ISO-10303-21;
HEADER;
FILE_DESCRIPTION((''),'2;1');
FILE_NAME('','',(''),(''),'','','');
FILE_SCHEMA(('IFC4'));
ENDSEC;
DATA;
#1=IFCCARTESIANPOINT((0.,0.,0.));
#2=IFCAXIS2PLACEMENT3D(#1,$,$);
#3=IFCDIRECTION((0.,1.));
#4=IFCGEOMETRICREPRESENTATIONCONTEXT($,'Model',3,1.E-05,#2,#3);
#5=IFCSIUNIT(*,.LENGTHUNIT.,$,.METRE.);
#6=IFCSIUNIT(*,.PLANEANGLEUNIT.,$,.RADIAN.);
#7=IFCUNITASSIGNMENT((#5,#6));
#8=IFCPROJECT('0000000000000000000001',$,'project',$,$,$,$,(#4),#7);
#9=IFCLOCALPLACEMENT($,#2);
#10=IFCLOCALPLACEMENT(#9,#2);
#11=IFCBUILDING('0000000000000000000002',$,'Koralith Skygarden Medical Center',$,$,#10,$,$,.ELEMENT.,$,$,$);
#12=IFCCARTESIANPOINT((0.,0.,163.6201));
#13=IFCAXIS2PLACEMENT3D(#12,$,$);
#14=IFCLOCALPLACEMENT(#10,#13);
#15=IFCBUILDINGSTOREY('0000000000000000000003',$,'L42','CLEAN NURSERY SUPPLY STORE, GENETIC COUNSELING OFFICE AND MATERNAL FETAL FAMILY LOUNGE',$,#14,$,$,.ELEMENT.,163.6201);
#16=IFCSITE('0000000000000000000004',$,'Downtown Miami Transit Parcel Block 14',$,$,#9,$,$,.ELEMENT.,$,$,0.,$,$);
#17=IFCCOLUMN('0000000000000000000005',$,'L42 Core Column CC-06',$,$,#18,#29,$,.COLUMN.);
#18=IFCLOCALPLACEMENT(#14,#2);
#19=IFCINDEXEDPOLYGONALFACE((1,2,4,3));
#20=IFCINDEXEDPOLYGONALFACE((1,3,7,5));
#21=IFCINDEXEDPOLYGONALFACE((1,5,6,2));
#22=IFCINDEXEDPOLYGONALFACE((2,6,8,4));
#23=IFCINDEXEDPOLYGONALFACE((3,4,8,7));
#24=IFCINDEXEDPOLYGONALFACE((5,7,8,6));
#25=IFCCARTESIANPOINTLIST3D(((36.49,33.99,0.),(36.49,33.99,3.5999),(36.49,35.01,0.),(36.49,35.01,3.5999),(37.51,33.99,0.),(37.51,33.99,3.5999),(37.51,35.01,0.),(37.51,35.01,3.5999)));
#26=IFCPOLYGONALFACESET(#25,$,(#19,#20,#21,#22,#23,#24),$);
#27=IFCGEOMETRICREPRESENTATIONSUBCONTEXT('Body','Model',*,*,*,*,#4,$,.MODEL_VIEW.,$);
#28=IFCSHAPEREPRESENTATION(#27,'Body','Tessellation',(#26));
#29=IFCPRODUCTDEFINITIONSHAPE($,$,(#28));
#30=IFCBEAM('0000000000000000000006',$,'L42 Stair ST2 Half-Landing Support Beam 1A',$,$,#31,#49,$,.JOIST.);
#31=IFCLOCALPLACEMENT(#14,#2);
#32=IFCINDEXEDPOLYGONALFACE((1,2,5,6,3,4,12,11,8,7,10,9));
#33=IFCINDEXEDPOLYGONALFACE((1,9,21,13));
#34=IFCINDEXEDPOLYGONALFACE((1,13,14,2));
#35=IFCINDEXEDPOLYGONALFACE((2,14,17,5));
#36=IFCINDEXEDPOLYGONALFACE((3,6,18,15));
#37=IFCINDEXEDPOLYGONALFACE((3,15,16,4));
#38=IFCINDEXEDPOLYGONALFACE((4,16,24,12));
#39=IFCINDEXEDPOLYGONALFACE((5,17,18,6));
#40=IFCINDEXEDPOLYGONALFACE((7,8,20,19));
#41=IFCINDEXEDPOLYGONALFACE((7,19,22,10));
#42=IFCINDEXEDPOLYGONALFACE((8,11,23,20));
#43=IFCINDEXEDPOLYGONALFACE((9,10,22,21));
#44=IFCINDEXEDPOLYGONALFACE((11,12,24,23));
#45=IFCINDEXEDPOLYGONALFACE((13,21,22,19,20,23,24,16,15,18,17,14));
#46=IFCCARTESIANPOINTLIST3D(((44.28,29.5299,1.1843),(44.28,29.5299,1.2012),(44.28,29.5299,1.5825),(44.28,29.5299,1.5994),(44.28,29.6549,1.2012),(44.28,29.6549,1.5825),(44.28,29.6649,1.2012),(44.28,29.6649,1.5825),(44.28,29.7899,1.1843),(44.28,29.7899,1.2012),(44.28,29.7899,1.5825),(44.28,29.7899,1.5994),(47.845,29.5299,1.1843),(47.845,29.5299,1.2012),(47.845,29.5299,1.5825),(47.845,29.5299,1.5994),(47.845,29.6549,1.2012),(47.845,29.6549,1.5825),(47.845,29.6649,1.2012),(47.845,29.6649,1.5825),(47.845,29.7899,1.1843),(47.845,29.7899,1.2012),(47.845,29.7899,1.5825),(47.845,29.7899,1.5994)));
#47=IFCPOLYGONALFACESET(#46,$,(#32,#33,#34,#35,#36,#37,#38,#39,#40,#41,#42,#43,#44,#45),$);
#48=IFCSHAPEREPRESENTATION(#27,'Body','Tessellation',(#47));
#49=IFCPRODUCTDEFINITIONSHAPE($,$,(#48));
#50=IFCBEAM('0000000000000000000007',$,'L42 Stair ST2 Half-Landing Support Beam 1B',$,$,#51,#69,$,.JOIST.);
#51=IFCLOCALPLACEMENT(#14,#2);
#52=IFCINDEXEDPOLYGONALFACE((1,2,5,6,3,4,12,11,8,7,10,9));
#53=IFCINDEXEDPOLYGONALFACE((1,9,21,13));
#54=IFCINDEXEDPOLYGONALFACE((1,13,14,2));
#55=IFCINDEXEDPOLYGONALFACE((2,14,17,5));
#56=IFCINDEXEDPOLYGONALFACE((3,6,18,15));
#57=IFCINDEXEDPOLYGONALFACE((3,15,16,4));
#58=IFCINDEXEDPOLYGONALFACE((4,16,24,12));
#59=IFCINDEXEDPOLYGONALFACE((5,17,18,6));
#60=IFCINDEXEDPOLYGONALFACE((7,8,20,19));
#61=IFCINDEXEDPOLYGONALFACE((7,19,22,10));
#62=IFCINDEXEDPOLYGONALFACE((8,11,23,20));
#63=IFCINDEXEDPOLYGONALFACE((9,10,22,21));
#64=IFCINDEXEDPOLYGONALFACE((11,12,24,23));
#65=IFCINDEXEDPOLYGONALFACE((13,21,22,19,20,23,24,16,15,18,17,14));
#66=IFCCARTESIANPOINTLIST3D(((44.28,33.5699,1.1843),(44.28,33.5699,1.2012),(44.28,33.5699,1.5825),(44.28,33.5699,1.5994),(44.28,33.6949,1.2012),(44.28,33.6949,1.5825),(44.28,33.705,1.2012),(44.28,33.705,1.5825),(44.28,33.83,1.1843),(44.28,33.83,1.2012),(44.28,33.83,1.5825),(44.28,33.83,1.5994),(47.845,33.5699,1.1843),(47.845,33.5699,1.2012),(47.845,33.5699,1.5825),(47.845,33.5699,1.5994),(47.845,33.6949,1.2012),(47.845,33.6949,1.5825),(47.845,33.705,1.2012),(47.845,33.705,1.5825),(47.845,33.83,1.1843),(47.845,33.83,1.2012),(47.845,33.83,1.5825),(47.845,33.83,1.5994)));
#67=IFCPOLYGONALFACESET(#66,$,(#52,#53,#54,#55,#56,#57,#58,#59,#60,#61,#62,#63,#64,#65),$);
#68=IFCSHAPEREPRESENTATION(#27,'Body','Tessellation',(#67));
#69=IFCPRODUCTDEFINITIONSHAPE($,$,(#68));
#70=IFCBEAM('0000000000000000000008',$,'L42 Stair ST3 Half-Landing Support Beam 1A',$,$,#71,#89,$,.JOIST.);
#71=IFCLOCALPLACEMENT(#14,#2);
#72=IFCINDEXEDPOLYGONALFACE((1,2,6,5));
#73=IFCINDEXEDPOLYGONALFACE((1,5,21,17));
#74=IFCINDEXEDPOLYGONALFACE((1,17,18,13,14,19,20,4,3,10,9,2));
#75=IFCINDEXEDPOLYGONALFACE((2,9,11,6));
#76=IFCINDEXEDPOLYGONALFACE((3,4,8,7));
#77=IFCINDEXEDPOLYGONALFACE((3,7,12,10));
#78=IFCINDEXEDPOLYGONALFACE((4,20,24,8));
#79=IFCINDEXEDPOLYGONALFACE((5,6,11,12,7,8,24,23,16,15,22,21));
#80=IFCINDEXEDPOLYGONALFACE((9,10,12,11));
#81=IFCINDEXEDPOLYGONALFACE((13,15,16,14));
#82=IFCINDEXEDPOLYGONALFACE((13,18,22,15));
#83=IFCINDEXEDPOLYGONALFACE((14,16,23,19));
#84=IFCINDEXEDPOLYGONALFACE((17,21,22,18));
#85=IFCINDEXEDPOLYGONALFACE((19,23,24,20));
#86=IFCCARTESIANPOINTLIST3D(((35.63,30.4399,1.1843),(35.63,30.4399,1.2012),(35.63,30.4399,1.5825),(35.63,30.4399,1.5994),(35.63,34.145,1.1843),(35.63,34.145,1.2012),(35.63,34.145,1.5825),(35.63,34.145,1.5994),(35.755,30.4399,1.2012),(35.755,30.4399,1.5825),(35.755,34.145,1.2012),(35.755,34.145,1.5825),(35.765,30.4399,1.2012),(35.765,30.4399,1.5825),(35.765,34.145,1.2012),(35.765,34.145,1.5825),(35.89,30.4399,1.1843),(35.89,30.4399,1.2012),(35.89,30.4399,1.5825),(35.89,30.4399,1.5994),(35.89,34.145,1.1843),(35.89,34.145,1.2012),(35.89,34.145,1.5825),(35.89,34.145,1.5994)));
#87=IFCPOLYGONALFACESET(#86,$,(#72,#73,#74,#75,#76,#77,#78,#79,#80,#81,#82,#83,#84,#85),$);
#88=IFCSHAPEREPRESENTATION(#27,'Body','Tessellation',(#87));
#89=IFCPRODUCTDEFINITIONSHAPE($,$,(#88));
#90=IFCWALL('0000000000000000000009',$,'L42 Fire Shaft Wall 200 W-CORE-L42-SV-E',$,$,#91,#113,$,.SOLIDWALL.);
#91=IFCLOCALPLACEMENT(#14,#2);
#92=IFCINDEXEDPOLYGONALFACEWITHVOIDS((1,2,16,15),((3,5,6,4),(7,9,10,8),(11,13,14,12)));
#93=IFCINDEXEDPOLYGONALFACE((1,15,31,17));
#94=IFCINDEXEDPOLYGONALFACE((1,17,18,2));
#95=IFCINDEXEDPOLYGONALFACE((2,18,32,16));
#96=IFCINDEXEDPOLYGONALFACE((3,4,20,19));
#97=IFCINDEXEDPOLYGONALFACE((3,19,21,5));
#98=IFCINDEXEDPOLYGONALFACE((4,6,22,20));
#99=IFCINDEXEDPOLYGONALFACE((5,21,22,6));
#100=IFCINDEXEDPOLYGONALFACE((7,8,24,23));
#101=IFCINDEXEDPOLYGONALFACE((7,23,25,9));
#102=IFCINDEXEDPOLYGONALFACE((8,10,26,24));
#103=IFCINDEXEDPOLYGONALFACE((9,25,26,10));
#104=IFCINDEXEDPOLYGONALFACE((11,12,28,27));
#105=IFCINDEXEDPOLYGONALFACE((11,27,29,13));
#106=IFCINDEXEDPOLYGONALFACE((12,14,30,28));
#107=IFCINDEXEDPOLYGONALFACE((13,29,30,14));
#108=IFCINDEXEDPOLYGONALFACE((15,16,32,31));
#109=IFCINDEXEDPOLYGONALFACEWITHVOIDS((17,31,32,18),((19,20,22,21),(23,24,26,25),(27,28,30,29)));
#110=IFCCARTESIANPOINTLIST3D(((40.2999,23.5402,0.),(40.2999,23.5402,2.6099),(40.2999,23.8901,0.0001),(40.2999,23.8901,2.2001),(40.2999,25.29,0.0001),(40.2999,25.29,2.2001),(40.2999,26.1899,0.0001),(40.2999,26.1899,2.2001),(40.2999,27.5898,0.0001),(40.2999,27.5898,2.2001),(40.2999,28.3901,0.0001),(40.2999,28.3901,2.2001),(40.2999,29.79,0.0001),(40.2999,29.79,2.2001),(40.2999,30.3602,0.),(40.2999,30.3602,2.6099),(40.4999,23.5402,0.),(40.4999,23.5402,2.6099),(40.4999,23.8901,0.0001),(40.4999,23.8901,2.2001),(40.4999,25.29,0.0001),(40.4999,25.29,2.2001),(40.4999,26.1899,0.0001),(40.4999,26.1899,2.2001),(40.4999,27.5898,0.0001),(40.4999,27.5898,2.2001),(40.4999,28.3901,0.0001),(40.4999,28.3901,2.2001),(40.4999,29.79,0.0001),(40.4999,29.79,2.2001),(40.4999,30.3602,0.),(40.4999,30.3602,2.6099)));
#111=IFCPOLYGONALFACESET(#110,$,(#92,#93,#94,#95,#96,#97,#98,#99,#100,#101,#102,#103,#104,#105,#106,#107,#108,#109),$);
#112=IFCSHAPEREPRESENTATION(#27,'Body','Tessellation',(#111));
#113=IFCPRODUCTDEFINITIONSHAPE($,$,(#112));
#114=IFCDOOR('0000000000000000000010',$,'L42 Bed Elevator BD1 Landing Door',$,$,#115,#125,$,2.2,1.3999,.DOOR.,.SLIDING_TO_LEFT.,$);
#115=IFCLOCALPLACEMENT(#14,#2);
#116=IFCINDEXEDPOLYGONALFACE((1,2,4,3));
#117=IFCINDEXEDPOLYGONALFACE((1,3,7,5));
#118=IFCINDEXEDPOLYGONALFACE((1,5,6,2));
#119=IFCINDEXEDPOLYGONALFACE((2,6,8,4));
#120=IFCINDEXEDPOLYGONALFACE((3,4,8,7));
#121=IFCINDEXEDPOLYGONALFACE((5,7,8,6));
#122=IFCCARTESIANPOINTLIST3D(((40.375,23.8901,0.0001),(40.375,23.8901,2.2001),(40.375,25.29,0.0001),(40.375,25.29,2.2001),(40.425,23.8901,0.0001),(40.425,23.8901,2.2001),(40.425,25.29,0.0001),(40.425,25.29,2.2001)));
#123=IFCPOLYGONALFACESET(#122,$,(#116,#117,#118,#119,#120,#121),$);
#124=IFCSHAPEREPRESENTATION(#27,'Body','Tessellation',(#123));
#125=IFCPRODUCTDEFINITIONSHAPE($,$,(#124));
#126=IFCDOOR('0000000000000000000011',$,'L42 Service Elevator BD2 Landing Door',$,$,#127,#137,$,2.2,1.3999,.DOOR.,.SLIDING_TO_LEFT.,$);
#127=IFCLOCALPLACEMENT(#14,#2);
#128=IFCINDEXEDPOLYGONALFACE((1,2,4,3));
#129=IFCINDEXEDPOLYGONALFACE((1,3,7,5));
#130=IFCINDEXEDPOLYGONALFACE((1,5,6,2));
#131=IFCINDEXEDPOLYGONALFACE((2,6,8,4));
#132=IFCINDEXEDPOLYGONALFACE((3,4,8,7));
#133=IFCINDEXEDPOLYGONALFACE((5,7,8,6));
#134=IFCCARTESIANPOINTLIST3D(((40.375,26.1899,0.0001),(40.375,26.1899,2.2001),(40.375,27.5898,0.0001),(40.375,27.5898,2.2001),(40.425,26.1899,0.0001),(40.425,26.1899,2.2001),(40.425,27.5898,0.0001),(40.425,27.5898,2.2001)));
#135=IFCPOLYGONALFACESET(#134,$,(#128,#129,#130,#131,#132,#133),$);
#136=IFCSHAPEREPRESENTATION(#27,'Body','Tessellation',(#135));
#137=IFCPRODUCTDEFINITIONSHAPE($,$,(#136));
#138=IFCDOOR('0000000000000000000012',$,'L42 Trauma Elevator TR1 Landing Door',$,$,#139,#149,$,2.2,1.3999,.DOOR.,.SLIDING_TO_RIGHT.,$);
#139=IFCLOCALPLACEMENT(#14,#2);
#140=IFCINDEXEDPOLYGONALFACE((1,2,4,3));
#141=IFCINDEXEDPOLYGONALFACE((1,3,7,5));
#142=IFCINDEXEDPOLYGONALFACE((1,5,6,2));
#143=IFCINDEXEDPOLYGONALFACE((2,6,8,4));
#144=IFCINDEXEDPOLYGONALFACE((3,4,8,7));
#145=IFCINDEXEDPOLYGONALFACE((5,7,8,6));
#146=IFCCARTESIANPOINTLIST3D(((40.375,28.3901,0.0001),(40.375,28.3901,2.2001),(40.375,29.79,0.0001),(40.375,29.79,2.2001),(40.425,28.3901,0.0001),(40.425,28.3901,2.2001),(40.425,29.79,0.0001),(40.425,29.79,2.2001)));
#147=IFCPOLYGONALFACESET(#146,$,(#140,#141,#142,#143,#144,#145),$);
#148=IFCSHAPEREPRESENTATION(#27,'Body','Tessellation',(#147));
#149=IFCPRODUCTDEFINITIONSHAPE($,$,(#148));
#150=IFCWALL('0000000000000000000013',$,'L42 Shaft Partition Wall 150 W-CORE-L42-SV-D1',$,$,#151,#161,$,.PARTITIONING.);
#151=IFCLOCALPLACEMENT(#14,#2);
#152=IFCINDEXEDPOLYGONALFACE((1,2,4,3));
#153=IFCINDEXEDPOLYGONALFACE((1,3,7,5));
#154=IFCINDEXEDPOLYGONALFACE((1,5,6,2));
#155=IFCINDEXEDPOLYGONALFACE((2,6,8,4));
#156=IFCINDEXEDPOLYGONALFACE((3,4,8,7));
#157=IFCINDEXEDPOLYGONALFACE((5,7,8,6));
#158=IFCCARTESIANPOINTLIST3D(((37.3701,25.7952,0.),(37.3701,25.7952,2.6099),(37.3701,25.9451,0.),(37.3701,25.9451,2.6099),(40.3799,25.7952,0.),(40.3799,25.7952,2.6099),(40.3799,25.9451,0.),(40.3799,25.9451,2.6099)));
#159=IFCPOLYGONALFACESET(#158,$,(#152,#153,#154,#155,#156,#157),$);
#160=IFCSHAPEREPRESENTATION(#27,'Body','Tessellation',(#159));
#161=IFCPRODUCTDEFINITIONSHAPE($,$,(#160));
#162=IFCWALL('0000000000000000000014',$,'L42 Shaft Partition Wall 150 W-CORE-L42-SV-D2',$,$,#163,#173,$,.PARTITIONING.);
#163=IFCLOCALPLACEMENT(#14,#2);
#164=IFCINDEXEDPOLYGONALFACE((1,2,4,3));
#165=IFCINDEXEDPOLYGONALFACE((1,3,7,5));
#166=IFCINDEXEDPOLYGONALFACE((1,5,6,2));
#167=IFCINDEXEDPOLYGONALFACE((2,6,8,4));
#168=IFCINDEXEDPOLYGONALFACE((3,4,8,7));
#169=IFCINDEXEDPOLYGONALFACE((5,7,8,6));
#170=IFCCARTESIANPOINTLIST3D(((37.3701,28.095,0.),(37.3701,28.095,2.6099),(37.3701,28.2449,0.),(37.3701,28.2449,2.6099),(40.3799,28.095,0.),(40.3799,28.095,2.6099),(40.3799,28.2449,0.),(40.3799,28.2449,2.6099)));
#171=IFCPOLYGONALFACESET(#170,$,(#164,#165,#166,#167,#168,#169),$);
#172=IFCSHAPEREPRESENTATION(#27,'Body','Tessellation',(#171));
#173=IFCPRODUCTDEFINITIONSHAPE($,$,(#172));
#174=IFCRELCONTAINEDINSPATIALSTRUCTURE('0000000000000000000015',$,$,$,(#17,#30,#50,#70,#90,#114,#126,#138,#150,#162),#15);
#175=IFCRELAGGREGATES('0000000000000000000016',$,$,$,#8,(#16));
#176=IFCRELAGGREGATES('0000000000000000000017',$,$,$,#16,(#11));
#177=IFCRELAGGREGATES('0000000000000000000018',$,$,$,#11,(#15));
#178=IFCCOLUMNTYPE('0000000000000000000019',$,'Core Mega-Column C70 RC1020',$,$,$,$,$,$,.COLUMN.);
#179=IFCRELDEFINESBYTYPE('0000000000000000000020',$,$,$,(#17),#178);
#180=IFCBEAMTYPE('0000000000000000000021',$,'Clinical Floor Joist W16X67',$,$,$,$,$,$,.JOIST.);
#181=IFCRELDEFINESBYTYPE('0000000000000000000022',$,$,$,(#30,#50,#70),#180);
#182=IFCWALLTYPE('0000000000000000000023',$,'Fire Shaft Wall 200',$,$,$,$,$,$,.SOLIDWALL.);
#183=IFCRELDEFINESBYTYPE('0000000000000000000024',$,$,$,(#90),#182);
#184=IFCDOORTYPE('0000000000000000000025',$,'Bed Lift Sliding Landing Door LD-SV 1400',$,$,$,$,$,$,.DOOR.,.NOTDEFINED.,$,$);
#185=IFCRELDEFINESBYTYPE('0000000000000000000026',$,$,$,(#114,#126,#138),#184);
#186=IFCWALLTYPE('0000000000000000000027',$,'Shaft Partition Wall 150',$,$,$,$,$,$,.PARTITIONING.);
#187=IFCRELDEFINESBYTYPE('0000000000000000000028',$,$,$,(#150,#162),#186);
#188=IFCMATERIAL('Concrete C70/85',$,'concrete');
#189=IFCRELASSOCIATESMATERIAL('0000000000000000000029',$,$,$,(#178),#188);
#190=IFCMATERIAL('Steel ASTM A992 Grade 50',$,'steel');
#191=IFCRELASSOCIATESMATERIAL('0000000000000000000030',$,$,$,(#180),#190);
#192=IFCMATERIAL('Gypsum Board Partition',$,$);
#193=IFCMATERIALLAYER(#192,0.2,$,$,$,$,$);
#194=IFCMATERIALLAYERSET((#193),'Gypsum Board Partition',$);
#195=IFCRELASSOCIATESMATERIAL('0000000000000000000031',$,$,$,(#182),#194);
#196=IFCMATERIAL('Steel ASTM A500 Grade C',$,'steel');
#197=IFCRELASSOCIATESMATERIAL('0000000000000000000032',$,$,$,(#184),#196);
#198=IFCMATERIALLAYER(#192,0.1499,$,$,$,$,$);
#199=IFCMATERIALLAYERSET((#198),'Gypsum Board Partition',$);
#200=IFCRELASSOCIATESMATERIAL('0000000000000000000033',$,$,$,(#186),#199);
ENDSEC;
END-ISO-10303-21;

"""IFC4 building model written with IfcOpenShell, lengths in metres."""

from ifc_helpers import new_model, si_unit, direction, frame, frame_2d, origin, origin_2d, place, context, subcontext, project, spatial, rectangle, i_section, extrude, material, layer, layer_set, material_profile, profile_set, type_object, element, fill, save


model = new_model("IFC4")

# Units and contexts
model_context = context("Model", 3, precision=1e-05, world=origin(), true_north=direction((0.0, 1.0)))
body_context = subcontext(model_context, "Body", "Model", "MODEL_VIEW")
ifc_project = project(units=[si_unit("LENGTHUNIT", "METRE"), si_unit("PLANEANGLEUNIT", "RADIAN")], contexts=[model_context])

# Site, building, storey
site_placement = place(None, origin())
site = spatial("IfcSite", under=ifc_project, at=site_placement, Name="Downtown Miami Transit Parcel Block 14", CompositionType="ELEMENT", RefElevation=0.0)
building_placement = place(site_placement, origin())
building = spatial("IfcBuilding", under=site, at=building_placement, Name="Koralith Skygarden Medical Center", CompositionType="ELEMENT")
storey_placement = place(building_placement, frame((0.0, 0.0, 163.6201)))
storey = spatial("IfcBuildingStorey", under=building, at=storey_placement, Name="L42", Description="CLEAN NURSERY SUPPLY STORE, GENETIC COUNSELING OFFICE AND MATERNAL FETAL FAMILY LOUNGE", CompositionType="ELEMENT", Elevation=163.6201)

# Column
ifc_material_1 = material(Name="Concrete C70/85", Category="concrete")
ifc_material_profile_1 = material_profile(ifc_material_1, rectangle(XDim=1.02, YDim=1.02, at=origin_2d()), Name="RC1020X1020")
ifc_profile_set_1 = profile_set([ifc_material_profile_1], Name="Concrete C70/85")
column_type = type_object("IfcColumnType", Name="Core Mega-Column C70 RC1020", PredefinedType="COLUMN", material=ifc_profile_set_1)
column_placement = place(storey_placement, frame((37.0, 34.5, 0.0), z_axis=(0.0, 0.0, 1.0), x_axis=(1.0, 0.0, 0.0)))
element("IfcColumn", 1, at=column_placement, inside=storey, type_object=column_type, Name="L42 Core Column CC-06", PredefinedType="COLUMN", context=body_context, shape_type="SweptSolid", body=[
    extrude(rectangle(XDim=1.02, YDim=1.02, at=origin_2d()), origin(), (0.0, 0.0, 1.0), 3.5999),
])

# Beams
ifc_material_2 = material(Name="Steel ASTM A992 Grade 50", Category="steel")
ifc_material_profile_2 = material_profile(ifc_material_2, i_section(OverallWidth=0.26, OverallDepth=0.415, WebThickness=0.01, FlangeThickness=0.0168, at=origin_2d()), Name="W16X67")
ifc_profile_set_2 = profile_set([ifc_material_profile_2], Name="Steel ASTM A992 Grade 50")
beam_type = type_object("IfcBeamType", Name="Clinical Floor Joist W16X67", PredefinedType="JOIST", material=ifc_profile_set_2)
for number, where, z_axis, x_axis, name in (
    (2, (44.28, 29.6599, 1.3918), (1.0, 0.0, 0.0), (0.0, 1.0, 0.0), "L42 Stair ST2 Half-Landing Support Beam 1A"),
    (3, (44.28, 33.7, 1.3918), (1.0, 0.0, 0.0), (0.0, 1.0, 0.0), "L42 Stair ST2 Half-Landing Support Beam 1B"),
):
    element("IfcBeam", number, at=place(storey_placement, frame(where, z_axis=z_axis, x_axis=x_axis)), inside=storey, type_object=beam_type, Name=name, PredefinedType="JOIST", context=body_context, shape_type="SweptSolid", body=[
        extrude(i_section(OverallWidth=0.26, OverallDepth=0.415, WebThickness=0.01, FlangeThickness=0.0168, at=origin_2d()), origin(), (0.0, 0.0, 1.0), 3.5649),
    ])
beam_placement = place(storey_placement, frame((35.76, 30.4399, 1.3918), z_axis=(0.0, 1.0, 0.0), x_axis=(-1.0, 0.0, 0.0)))
element("IfcBeam", 4, at=beam_placement, inside=storey, type_object=beam_type, Name="L42 Stair ST3 Half-Landing Support Beam 1A", PredefinedType="JOIST", context=body_context, shape_type="SweptSolid", body=[
    extrude(i_section(OverallWidth=0.26, OverallDepth=0.415, WebThickness=0.01, FlangeThickness=0.0168, at=origin_2d()), origin(), (0.0, 0.0, 1.0), 3.7051),
])

# Wall, openings, doors
ifc_material_3 = material(Name="Gypsum Board Partition")
ifc_layer_1 = layer(ifc_material_3, 0.2)
ifc_layer_set_1 = layer_set([ifc_layer_1], Name="Gypsum Board Partition")
wall_type_1 = type_object("IfcWallType", Name="Fire Shaft Wall 200", PredefinedType="SOLIDWALL", material=ifc_layer_set_1)
wall_1_placement = place(storey_placement, frame((40.3999, 23.54, 0.0), z_axis=(0.0, 0.0, 1.0), x_axis=(0.0, 1.0, 0.0)))
wall_1 = element("IfcWall", 5, at=wall_1_placement, inside=storey, type_object=wall_type_1, Name="L42 Fire Shaft Wall 200 W-CORE-L42-SV-E", PredefinedType="SOLIDWALL", context=body_context, shape_type="SweptSolid", body=[
    extrude(rectangle(XDim=6.8201, YDim=0.2, at=frame_2d((3.4102, 0.0))), origin(), (0.0, 0.0, 1.0), 2.6099),
])
opening_1_placement = place(wall_1_placement, frame((0.3501, 0.0, 0.0)))
opening_1 = element("IfcOpeningElement", 6, at=opening_1_placement, cuts=wall_1, PredefinedType="OPENING", context=body_context, shape_type="SweptSolid", body=[
    extrude(rectangle(XDim=1.3999, YDim=2.2, at=frame_2d((0.7, 1.1001))), frame((0.0, 0.1099, 0.0), z_axis=(0.0, -1.0, 0.0), x_axis=(1.0, 0.0, 0.0)), (0.0, 0.0, 1.0), 0.22),
])
opening_2_placement = place(wall_1_placement, frame((2.6499, 0.0, 0.0)))
opening_2 = element("IfcOpeningElement", 7, at=opening_2_placement, cuts=wall_1, PredefinedType="OPENING", context=body_context, shape_type="SweptSolid", body=[
    extrude(rectangle(XDim=1.3999, YDim=2.2, at=frame_2d((0.7, 1.1001))), frame((0.0, 0.1099, 0.0), z_axis=(0.0, -1.0, 0.0), x_axis=(1.0, 0.0, 0.0)), (0.0, 0.0, 1.0), 0.22),
])
opening_3_placement = place(wall_1_placement, frame((4.8501, 0.0, 0.0)))
opening_3 = element("IfcOpeningElement", 8, at=opening_3_placement, cuts=wall_1, PredefinedType="OPENING", context=body_context, shape_type="SweptSolid", body=[
    extrude(rectangle(XDim=1.3999, YDim=2.2, at=frame_2d((0.7, 1.1001))), frame((0.0, 0.1099, 0.0), z_axis=(0.0, -1.0, 0.0), x_axis=(1.0, 0.0, 0.0)), (0.0, 0.0, 1.0), 0.22),
])
ifc_material_4 = material(Name="Steel ASTM A500 Grade C", Category="steel")
door_type_1 = type_object("IfcDoorType", Name="Bed Lift Sliding Landing Door LD-SV 1400", OperationType="NOTDEFINED", PredefinedType="DOOR", material=ifc_material_4)
door_1_placement = place(opening_1_placement, origin())
door_1 = element("IfcDoor", 9, at=door_1_placement, inside=storey, type_object=door_type_1, Name="L42 Bed Elevator BD1 Landing Door", OperationType="SLIDING_TO_LEFT", OverallHeight=2.2, OverallWidth=1.3999, PredefinedType="DOOR", context=body_context, shape_type="SweptSolid", body=[
    extrude(rectangle(XDim=1.3999, YDim=2.2, at=frame_2d((0.7, 1.1001))), frame((0.0, 0.0249, 0.0), z_axis=(0.0, -1.0, 0.0), x_axis=(1.0, 0.0, 0.0)), (0.0, 0.0, 1.0), 0.05),
])
fill(opening_1, door_1)
door_2_placement = place(opening_2_placement, origin())
door_2 = element("IfcDoor", 10, at=door_2_placement, inside=storey, type_object=door_type_1, Name="L42 Service Elevator BD2 Landing Door", OperationType="SLIDING_TO_LEFT", OverallHeight=2.2, OverallWidth=1.3999, PredefinedType="DOOR", context=body_context, shape_type="SweptSolid", body=[
    extrude(rectangle(XDim=1.3999, YDim=2.2, at=frame_2d((0.7, 1.1001))), frame((0.0, 0.0249, 0.0), z_axis=(0.0, -1.0, 0.0), x_axis=(1.0, 0.0, 0.0)), (0.0, 0.0, 1.0), 0.05),
])
fill(opening_2, door_2)
door_3_placement = place(opening_3_placement, origin())
door_3 = element("IfcDoor", 11, at=door_3_placement, inside=storey, type_object=door_type_1, Name="L42 Trauma Elevator TR1 Landing Door", OperationType="SLIDING_TO_RIGHT", OverallHeight=2.2, OverallWidth=1.3999, PredefinedType="DOOR", context=body_context, shape_type="SweptSolid", body=[
    extrude(rectangle(XDim=1.3999, YDim=2.2, at=frame_2d((0.7, 1.1001))), frame((0.0, 0.0249, 0.0), z_axis=(0.0, -1.0, 0.0), x_axis=(1.0, 0.0, 0.0)), (0.0, 0.0, 1.0), 0.05),
])
fill(opening_3, door_3)

# Walls
ifc_layer_2 = layer(ifc_material_3, 0.1499)
ifc_layer_set_2 = layer_set([ifc_layer_2], Name="Gypsum Board Partition")
wall_type_2 = type_object("IfcWallType", Name="Shaft Partition Wall 150", PredefinedType="PARTITIONING", material=ifc_layer_set_2)
for number, where, z_axis, x_axis, name in (
    (12, (37.3701, 25.8701, 0.0), (0.0, 0.0, 1.0), (1.0, 0.0, 0.0), "L42 Shaft Partition Wall 150 W-CORE-L42-SV-D1"),
    (13, (37.3701, 28.1699, 0.0), (0.0, 0.0, 1.0), (1.0, 0.0, 0.0), "L42 Shaft Partition Wall 150 W-CORE-L42-SV-D2"),
):
    element("IfcWall", number, at=place(storey_placement, frame(where, z_axis=z_axis, x_axis=x_axis)), inside=storey, type_object=wall_type_2, Name=name, PredefinedType="PARTITIONING", context=body_context, shape_type="SweptSolid", body=[
        extrude(rectangle(XDim=3.0098, YDim=0.1499, at=frame_2d((1.5049, 0.0))), origin(), (0.0, 0.0, 1.0), 2.6099),
    ])

save(model, "model.ifc")
